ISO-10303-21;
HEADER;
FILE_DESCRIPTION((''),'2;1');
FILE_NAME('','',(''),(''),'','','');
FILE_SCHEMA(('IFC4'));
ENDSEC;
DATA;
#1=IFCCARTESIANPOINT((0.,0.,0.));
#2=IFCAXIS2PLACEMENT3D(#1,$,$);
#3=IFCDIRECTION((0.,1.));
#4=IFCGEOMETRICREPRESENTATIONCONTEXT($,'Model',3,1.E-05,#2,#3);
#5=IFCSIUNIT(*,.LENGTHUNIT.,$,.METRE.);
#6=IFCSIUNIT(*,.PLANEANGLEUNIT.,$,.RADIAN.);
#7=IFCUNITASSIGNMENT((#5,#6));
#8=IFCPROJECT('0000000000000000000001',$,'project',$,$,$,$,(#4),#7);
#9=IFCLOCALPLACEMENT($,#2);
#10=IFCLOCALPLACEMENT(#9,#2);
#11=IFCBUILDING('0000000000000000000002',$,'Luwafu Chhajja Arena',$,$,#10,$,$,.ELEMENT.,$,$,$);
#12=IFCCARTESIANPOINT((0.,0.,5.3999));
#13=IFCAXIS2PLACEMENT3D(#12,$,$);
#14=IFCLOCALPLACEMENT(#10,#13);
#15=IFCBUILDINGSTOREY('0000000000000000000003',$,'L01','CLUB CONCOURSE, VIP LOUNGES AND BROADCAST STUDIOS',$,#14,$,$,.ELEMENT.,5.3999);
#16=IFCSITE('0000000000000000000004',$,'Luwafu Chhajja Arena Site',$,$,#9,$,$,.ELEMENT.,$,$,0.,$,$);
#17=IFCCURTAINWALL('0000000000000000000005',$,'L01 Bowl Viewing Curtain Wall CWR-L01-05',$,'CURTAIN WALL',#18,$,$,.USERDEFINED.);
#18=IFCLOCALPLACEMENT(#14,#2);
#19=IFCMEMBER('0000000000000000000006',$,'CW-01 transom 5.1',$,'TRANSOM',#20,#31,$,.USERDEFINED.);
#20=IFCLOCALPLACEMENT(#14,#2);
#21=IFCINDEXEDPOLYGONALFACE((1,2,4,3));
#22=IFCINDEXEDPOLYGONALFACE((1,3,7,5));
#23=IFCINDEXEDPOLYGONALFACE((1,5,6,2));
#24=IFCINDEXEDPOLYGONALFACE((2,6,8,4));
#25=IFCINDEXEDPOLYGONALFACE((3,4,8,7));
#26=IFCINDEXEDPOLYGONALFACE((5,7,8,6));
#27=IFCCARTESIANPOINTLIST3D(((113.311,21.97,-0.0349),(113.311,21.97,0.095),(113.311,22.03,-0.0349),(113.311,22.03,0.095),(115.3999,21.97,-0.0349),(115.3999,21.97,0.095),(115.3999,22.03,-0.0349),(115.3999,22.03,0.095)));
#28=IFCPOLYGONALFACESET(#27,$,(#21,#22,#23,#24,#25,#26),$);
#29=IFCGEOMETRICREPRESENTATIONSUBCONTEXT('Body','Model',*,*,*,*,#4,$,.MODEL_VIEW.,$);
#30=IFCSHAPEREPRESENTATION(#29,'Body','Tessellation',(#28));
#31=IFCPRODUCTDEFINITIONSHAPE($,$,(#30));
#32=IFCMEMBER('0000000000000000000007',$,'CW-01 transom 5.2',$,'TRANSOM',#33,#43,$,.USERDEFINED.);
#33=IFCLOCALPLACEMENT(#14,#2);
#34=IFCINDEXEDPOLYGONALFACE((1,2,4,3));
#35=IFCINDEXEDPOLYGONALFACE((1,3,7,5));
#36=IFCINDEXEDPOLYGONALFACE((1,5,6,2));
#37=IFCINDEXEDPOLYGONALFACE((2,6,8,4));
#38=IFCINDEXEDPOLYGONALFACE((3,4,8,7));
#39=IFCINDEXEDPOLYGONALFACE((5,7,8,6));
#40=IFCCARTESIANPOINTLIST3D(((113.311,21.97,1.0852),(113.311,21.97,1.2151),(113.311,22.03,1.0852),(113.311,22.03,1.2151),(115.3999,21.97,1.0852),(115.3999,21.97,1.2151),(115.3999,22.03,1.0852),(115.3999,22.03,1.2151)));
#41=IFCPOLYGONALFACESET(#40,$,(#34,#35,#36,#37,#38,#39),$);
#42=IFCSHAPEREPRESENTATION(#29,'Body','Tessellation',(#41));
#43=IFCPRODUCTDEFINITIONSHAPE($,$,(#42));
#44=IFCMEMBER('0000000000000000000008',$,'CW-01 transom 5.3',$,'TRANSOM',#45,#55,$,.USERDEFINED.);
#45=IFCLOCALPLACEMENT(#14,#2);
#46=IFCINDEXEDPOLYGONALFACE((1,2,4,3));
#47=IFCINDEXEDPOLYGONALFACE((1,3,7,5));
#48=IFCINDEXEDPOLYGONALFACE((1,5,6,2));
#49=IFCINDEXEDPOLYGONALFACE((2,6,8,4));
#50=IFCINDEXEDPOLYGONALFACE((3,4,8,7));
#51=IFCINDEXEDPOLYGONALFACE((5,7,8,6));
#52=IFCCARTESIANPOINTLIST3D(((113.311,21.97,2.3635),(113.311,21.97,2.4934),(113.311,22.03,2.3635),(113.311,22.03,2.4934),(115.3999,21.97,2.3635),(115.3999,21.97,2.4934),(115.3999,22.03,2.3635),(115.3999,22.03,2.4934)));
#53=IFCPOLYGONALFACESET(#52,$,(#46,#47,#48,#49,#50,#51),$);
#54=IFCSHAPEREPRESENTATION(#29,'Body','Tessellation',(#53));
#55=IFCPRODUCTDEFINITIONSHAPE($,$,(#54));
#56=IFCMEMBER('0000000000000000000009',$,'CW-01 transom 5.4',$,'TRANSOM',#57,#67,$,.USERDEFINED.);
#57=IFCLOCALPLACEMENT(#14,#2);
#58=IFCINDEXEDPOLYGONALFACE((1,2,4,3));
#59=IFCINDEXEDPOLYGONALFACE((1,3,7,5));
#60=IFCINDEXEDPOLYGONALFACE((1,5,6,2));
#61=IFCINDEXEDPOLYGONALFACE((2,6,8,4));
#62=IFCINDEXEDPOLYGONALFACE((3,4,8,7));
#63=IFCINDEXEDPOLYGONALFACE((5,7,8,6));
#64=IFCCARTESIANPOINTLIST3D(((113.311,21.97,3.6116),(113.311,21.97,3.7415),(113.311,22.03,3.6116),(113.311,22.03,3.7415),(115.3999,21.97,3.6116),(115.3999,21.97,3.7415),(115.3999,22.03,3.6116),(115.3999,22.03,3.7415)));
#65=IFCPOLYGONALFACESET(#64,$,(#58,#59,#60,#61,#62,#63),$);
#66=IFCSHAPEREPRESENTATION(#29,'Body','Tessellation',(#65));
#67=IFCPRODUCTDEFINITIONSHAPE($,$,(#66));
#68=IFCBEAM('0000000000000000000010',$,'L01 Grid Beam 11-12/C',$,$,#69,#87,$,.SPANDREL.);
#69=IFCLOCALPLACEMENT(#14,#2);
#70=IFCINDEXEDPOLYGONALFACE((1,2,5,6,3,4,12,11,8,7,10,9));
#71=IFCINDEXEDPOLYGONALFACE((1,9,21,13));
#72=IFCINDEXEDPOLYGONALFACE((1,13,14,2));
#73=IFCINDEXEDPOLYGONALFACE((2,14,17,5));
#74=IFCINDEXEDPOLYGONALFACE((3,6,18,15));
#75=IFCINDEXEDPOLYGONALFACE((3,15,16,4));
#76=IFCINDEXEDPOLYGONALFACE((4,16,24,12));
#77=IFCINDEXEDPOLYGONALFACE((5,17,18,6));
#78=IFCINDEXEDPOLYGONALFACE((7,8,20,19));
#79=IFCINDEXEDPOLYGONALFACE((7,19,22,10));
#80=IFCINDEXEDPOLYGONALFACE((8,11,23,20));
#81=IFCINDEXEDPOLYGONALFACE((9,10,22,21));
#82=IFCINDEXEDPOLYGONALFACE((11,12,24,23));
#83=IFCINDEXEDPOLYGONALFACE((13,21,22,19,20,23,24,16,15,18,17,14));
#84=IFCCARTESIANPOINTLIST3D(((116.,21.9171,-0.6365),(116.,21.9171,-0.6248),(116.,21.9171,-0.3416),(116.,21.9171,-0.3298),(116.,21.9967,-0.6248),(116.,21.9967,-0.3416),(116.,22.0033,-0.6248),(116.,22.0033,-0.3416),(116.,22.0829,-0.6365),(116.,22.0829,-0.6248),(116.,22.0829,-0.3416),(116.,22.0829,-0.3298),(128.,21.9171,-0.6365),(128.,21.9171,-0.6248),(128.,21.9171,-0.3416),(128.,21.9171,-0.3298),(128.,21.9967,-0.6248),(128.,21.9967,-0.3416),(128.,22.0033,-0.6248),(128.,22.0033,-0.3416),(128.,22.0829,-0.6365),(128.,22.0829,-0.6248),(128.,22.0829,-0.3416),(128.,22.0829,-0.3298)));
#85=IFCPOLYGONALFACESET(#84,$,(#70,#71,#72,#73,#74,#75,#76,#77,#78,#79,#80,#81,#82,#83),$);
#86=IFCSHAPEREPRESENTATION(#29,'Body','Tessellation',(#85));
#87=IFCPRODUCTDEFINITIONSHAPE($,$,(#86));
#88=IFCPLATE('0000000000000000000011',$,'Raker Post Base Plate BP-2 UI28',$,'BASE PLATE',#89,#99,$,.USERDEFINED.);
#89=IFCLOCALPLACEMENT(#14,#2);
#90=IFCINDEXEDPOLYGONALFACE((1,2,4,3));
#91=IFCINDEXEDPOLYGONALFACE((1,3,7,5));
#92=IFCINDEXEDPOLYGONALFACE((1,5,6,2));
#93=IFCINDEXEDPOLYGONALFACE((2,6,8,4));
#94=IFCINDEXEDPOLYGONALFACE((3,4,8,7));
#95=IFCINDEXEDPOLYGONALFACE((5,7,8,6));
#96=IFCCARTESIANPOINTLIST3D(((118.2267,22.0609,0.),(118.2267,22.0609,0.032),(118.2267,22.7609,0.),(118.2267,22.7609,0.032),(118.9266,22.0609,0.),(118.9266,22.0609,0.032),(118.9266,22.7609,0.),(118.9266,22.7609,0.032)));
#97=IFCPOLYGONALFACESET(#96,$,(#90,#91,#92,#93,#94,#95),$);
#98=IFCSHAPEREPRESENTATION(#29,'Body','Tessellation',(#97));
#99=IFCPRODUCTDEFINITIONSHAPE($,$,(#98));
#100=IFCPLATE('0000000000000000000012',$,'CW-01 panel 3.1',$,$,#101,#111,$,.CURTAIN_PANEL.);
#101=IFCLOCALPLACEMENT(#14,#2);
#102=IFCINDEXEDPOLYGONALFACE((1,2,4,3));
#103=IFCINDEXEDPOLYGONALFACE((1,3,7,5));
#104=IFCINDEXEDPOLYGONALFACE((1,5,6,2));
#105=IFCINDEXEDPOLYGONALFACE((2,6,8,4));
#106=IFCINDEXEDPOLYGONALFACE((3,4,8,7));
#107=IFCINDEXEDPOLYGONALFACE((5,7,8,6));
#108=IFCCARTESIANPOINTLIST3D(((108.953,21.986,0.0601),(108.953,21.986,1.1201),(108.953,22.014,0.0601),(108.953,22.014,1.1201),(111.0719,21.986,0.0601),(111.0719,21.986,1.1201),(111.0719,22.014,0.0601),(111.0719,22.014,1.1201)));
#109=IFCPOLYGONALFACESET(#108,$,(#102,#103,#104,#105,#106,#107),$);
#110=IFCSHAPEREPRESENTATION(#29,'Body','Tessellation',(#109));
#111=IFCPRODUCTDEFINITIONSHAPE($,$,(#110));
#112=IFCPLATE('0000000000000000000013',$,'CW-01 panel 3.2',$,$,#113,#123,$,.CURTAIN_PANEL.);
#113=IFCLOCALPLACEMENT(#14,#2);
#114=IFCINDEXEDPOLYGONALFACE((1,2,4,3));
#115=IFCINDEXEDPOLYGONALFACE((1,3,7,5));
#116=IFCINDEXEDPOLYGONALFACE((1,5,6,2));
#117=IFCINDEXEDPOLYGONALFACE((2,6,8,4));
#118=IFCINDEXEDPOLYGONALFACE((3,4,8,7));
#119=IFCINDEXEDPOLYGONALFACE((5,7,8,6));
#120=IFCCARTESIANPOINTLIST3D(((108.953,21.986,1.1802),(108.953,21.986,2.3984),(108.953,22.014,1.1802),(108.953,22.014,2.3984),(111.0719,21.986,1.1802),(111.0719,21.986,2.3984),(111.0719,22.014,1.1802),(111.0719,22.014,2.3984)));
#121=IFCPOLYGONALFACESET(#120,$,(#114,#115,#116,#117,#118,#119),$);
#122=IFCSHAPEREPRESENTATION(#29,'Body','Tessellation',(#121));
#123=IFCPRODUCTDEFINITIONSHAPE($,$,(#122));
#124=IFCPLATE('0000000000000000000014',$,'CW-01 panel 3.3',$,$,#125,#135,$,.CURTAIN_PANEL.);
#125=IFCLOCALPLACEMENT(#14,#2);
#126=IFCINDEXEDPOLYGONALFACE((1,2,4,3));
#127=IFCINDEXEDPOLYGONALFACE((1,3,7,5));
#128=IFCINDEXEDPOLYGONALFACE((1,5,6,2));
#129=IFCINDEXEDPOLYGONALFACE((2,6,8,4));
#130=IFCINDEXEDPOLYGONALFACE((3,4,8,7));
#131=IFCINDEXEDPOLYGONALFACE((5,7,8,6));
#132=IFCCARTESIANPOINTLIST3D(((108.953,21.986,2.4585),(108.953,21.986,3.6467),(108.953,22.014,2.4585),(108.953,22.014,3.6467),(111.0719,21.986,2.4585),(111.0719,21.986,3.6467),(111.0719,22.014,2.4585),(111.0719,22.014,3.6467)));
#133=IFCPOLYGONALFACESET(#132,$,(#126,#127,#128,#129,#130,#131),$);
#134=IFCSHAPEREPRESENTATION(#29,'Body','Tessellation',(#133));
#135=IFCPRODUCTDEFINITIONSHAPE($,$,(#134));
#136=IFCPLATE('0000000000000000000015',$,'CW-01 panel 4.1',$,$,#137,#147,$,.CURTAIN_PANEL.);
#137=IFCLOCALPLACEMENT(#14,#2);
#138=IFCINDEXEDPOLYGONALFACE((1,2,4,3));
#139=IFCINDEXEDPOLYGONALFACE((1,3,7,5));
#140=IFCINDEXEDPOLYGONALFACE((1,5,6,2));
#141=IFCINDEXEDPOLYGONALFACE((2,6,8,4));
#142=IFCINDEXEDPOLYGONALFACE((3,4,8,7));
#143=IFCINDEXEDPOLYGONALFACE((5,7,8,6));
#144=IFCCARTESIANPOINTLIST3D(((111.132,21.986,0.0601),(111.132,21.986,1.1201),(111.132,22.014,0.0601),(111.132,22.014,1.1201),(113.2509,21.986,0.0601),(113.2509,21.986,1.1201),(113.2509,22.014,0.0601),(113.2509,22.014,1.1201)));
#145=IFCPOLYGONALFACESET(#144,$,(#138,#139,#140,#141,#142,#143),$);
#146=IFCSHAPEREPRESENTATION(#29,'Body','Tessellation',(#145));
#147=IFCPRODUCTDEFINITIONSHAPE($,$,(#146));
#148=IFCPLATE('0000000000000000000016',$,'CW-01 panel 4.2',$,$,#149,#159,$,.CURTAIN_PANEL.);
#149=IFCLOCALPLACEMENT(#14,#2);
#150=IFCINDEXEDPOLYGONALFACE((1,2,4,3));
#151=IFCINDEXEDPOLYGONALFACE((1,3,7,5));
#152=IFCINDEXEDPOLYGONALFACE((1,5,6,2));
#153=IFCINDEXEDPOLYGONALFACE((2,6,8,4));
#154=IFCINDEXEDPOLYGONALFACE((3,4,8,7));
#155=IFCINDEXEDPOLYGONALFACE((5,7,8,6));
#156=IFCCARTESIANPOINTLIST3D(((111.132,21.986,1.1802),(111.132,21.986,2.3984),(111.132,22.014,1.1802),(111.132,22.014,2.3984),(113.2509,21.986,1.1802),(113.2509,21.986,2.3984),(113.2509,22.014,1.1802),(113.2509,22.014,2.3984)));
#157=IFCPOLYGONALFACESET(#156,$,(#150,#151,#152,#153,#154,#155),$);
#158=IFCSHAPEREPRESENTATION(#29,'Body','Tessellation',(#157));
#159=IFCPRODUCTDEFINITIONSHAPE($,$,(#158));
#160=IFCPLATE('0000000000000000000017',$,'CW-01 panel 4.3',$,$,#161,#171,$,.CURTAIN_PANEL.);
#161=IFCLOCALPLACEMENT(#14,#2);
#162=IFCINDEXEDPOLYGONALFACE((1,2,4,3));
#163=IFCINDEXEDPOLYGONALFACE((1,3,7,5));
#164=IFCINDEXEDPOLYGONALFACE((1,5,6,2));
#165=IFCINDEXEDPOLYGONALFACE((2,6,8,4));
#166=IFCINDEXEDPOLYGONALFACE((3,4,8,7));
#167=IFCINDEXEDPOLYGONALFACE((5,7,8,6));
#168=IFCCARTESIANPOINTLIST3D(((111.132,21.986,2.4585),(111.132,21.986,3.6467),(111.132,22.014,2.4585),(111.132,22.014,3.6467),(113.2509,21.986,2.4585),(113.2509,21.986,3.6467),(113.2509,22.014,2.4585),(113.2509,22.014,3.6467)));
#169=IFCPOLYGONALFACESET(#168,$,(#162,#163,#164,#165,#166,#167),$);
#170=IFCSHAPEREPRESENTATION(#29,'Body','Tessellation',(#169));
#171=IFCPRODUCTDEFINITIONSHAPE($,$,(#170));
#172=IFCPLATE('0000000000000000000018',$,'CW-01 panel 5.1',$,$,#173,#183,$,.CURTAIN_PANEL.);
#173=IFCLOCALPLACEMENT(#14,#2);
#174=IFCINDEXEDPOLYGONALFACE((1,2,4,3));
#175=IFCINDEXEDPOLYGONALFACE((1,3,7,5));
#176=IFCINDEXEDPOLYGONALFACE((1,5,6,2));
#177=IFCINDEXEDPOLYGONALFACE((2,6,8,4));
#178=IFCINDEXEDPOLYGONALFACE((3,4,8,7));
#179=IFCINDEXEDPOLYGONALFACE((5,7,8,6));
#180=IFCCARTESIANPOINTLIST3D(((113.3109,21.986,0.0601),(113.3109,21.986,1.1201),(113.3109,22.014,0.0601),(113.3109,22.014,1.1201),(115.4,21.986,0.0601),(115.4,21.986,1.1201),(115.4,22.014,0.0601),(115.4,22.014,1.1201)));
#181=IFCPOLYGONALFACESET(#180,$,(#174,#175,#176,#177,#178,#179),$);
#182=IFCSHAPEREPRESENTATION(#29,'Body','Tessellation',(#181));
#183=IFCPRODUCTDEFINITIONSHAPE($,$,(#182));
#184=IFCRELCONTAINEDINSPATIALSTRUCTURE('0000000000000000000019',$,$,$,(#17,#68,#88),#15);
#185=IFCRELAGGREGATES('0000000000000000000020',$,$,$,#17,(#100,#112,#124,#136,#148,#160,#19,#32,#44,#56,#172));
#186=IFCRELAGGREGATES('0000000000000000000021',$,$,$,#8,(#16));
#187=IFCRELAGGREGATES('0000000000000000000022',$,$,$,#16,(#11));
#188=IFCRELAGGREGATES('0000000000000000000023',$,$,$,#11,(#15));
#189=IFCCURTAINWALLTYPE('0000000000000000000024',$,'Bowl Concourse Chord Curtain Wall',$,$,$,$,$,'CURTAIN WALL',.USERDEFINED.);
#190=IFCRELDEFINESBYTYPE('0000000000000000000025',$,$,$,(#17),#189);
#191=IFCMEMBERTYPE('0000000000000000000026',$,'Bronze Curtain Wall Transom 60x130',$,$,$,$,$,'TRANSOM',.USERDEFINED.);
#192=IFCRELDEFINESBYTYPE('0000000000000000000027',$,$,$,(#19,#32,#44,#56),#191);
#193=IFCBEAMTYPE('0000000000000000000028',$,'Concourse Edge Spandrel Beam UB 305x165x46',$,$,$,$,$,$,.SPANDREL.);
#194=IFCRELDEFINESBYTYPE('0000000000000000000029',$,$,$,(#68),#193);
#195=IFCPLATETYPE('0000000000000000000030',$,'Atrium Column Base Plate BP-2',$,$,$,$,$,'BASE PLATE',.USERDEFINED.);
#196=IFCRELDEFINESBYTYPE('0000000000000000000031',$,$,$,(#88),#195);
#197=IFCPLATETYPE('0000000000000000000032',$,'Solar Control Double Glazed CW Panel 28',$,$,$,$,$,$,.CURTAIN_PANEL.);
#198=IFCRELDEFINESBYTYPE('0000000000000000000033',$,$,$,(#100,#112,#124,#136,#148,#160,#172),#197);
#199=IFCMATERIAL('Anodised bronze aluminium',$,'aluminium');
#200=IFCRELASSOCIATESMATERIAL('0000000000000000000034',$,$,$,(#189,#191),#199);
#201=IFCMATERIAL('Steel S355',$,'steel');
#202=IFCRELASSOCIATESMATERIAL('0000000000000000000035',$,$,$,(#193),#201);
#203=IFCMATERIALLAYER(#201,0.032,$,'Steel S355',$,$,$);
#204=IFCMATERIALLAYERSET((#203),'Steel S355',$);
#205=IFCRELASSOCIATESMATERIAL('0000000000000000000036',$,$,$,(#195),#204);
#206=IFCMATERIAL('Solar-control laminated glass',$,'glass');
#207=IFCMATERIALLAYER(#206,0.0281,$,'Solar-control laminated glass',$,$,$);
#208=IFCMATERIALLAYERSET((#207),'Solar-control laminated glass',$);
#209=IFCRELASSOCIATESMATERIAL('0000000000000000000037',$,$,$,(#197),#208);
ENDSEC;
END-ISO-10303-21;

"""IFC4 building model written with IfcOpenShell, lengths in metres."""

from ifc_helpers import new_model, si_unit, direction, frame, origin, origin_2d, place, context, subcontext, project, spatial, rectangle, i_section, extrude, material, layer, layer_set, material_profile, profile_set, type_object, element, aggregate, save


model = new_model("IFC4")

# Units and contexts
model_context = context("Model", 3, precision=1e-05, world=origin(), true_north=direction((0.0, 1.0)))
body_context = subcontext(model_context, "Body", "Model", "MODEL_VIEW")
ifc_project = project(units=[si_unit("LENGTHUNIT", "METRE"), si_unit("PLANEANGLEUNIT", "RADIAN")], contexts=[model_context])

# Site, building, storey
site_placement = place(None, origin())
site = spatial("IfcSite", under=ifc_project, at=site_placement, Name="Luwafu Chhajja Arena Site", CompositionType="ELEMENT", RefElevation=0.0)
building_placement = place(site_placement, origin())
building = spatial("IfcBuilding", under=site, at=building_placement, Name="Luwafu Chhajja Arena", CompositionType="ELEMENT")
storey_placement = place(building_placement, frame((0.0, 0.0, 5.3999)))
storey = spatial("IfcBuildingStorey", under=building, at=storey_placement, Name="L01", Description="CLUB CONCOURSE, VIP LOUNGES AND BROADCAST STUDIOS", CompositionType="ELEMENT", Elevation=5.3999)

# Shared definitions
ifc_material_1 = material(Name="Steel S355", Category="steel")

# Curtain wall
ifc_material_2 = material(Name="Anodised bronze aluminium", Category="aluminium")
curtain_wall_type = type_object("IfcCurtainWallType", Name="Bowl Concourse Chord Curtain Wall", ElementType="CURTAIN WALL", PredefinedType="USERDEFINED", material=ifc_material_2)
curtain_wall_1_placement = place(storey_placement, origin())
curtain_wall_1 = element("IfcCurtainWall", 1, at=curtain_wall_1_placement, inside=storey, type_object=curtain_wall_type, Name="L01 Bowl Viewing Curtain Wall CWR-L01-05", ObjectType="CURTAIN WALL", PredefinedType="USERDEFINED")

# Members
ifc_material_profile_1 = material_profile(ifc_material_2, rectangle(XDim=0.0601, YDim=0.1299, at=origin_2d()), Name="CWT 60x130")
ifc_profile_set_1 = profile_set([ifc_material_profile_1], Name="Anodised bronze aluminium")
member_type_1 = type_object("IfcMemberType", Name="Bronze Curtain Wall Transom 60x130", ElementType="TRANSOM", PredefinedType="USERDEFINED", material=ifc_profile_set_1)
member_1_placement = place(storey_placement, frame((113.311, 22.0, 0.03), z_axis=(1.0, 0.0, 0.0), x_axis=(0.0, 1.0, 0.0)))
member_1 = element("IfcMember", 2, at=member_1_placement, type_object=member_type_1, Name="CW-01 transom 5.1", ObjectType="TRANSOM", PredefinedType="USERDEFINED", context=body_context, shape_type="SweptSolid", body=[
    extrude(rectangle(XDim=0.0601, YDim=0.1299, at=origin_2d()), origin(), (0.0, 0.0, 1.0), 2.0889),
])
member_2_placement = place(storey_placement, frame((113.311, 22.0, 1.1501), z_axis=(1.0, 0.0, 0.0), x_axis=(0.0, 1.0, 0.0)))
member_2 = element("IfcMember", 3, at=member_2_placement, type_object=member_type_1, Name="CW-01 transom 5.2", ObjectType="TRANSOM", PredefinedType="USERDEFINED", context=body_context, shape_type="SweptSolid", body=[
    extrude(rectangle(XDim=0.0601, YDim=0.1299, at=origin_2d()), origin(), (0.0, 0.0, 1.0), 2.0889),
])
member_3_placement = place(storey_placement, frame((113.311, 22.0, 2.4285), z_axis=(1.0, 0.0, 0.0), x_axis=(0.0, 1.0, 0.0)))
member_3 = element("IfcMember", 4, at=member_3_placement, type_object=member_type_1, Name="CW-01 transom 5.3", ObjectType="TRANSOM", PredefinedType="USERDEFINED", context=body_context, shape_type="SweptSolid", body=[
    extrude(rectangle(XDim=0.0601, YDim=0.1299, at=origin_2d()), origin(), (0.0, 0.0, 1.0), 2.0889),
])
member_4_placement = place(storey_placement, frame((113.311, 22.0, 3.6765), z_axis=(1.0, 0.0, 0.0), x_axis=(0.0, 1.0, 0.0)))
member_4 = element("IfcMember", 5, at=member_4_placement, type_object=member_type_1, Name="CW-01 transom 5.4", ObjectType="TRANSOM", PredefinedType="USERDEFINED", context=body_context, shape_type="SweptSolid", body=[
    extrude(rectangle(XDim=0.0601, YDim=0.1299, at=origin_2d()), origin(), (0.0, 0.0, 1.0), 2.0889),
])

# Beam
ifc_material_profile_2 = material_profile(ifc_material_1, i_section(OverallWidth=0.1658, OverallDepth=0.3066, WebThickness=0.0066, FlangeThickness=0.0117, at=origin_2d()), Name="UB 305x165x46")
ifc_profile_set_2 = profile_set([ifc_material_profile_2], Name="Steel S355")
beam_type = type_object("IfcBeamType", Name="Concourse Edge Spandrel Beam UB 305x165x46", PredefinedType="SPANDREL", material=ifc_profile_set_2)
beam_placement = place(storey_placement, frame((116.0, 22.0, -0.4832), z_axis=(1.0, 0.0, 0.0), x_axis=(0.0, 1.0, 0.0)))
element("IfcBeam", 6, at=beam_placement, inside=storey, type_object=beam_type, Name="L01 Grid Beam 11-12/C", PredefinedType="SPANDREL", context=body_context, shape_type="SweptSolid", body=[
    extrude(i_section(OverallWidth=0.1658, OverallDepth=0.3066, WebThickness=0.0066, FlangeThickness=0.0117, at=origin_2d()), origin(), (0.0, 0.0, 1.0), 12.0),
])

# Plates
ifc_layer_1 = layer(ifc_material_1, 0.032, Name="Steel S355")
ifc_layer_set_1 = layer_set([ifc_layer_1], Name="Steel S355")
plate_type_1 = type_object("IfcPlateType", Name="Atrium Column Base Plate BP-2", ElementType="BASE PLATE", PredefinedType="USERDEFINED", material=ifc_layer_set_1)
plate_1_placement = place(storey_placement, frame((118.5767, 22.4109, 0.0), z_axis=(0.0, 0.0, 1.0), x_axis=(1.0, 0.0, 0.0)))
element("IfcPlate", 7, at=plate_1_placement, inside=storey, type_object=plate_type_1, Name="Raker Post Base Plate BP-2 UI28", ObjectType="BASE PLATE", PredefinedType="USERDEFINED", context=body_context, shape_type="SweptSolid", body=[
    extrude(rectangle(XDim=0.7, YDim=0.7, at=origin_2d()), origin(), (0.0, 0.0, 1.0), 0.032),
])
ifc_material_3 = material(Name="Solar-control laminated glass", Category="glass")
ifc_layer_2 = layer(ifc_material_3, 0.0281, Name="Solar-control laminated glass")
ifc_layer_set_2 = layer_set([ifc_layer_2], Name="Solar-control laminated glass")
plate_type_2 = type_object("IfcPlateType", Name="Solar Control Double Glazed CW Panel 28", PredefinedType="CURTAIN_PANEL", material=ifc_layer_set_2)
plate_2_placement = place(storey_placement, frame((110.0125, 22.0, 0.0601), z_axis=(0.0, 0.0, 1.0), x_axis=(1.0, 0.0, 0.0)))
plate_2 = element("IfcPlate", 8, at=plate_2_placement, type_object=plate_type_2, Name="CW-01 panel 3.1", PredefinedType="CURTAIN_PANEL", context=body_context, shape_type="SweptSolid", body=[
    extrude(rectangle(XDim=2.1189, YDim=0.0281, at=origin_2d()), origin(), (0.0, 0.0, 1.0), 1.0601),
])
plate_3_placement = place(storey_placement, frame((110.0125, 22.0, 1.1802), z_axis=(0.0, 0.0, 1.0), x_axis=(1.0, 0.0, 0.0)))
plate_3 = element("IfcPlate", 9, at=plate_3_placement, type_object=plate_type_2, Name="CW-01 panel 3.2", PredefinedType="CURTAIN_PANEL", context=body_context, shape_type="SweptSolid", body=[
    extrude(rectangle(XDim=2.1189, YDim=0.0281, at=origin_2d()), origin(), (0.0, 0.0, 1.0), 1.2183),
])
plate_4_placement = place(storey_placement, frame((110.0125, 22.0, 2.4585), z_axis=(0.0, 0.0, 1.0), x_axis=(1.0, 0.0, 0.0)))
plate_4 = element("IfcPlate", 10, at=plate_4_placement, type_object=plate_type_2, Name="CW-01 panel 3.3", PredefinedType="CURTAIN_PANEL", context=body_context, shape_type="SweptSolid", body=[
    extrude(rectangle(XDim=2.1189, YDim=0.0281, at=origin_2d()), origin(), (0.0, 0.0, 1.0), 1.1882),
])
plate_5_placement = place(storey_placement, frame((112.1914, 22.0, 0.0601), z_axis=(0.0, 0.0, 1.0), x_axis=(1.0, 0.0, 0.0)))
plate_5 = element("IfcPlate", 11, at=plate_5_placement, type_object=plate_type_2, Name="CW-01 panel 4.1", PredefinedType="CURTAIN_PANEL", context=body_context, shape_type="SweptSolid", body=[
    extrude(rectangle(XDim=2.1189, YDim=0.0281, at=origin_2d()), origin(), (0.0, 0.0, 1.0), 1.0601),
])
plate_6_placement = place(storey_placement, frame((112.1914, 22.0, 1.1802), z_axis=(0.0, 0.0, 1.0), x_axis=(1.0, 0.0, 0.0)))
plate_6 = element("IfcPlate", 12, at=plate_6_placement, type_object=plate_type_2, Name="CW-01 panel 4.2", PredefinedType="CURTAIN_PANEL", context=body_context, shape_type="SweptSolid", body=[
    extrude(rectangle(XDim=2.1189, YDim=0.0281, at=origin_2d()), origin(), (0.0, 0.0, 1.0), 1.2183),
])
plate_7_placement = place(storey_placement, frame((112.1914, 22.0, 2.4585), z_axis=(0.0, 0.0, 1.0), x_axis=(1.0, 0.0, 0.0)))
plate_7 = element("IfcPlate", 13, at=plate_7_placement, type_object=plate_type_2, Name="CW-01 panel 4.3", PredefinedType="CURTAIN_PANEL", context=body_context, shape_type="SweptSolid", body=[
    extrude(rectangle(XDim=2.1189, YDim=0.0281, at=origin_2d()), origin(), (0.0, 0.0, 1.0), 1.1882),
])
plate_8_placement = place(storey_placement, frame((114.3555, 22.0, 0.0601), z_axis=(0.0, 0.0, 1.0), x_axis=(1.0, 0.0, 0.0)))
plate_8 = element("IfcPlate", 14, at=plate_8_placement, type_object=plate_type_2, Name="CW-01 panel 5.1", PredefinedType="CURTAIN_PANEL", context=body_context, shape_type="SweptSolid", body=[
    extrude(rectangle(XDim=2.0891, YDim=0.0281, at=origin_2d()), origin(), (0.0, 0.0, 1.0), 1.0601),
])
aggregate(curtain_wall_1, [plate_2, plate_3, plate_4, plate_5, plate_6, plate_7, member_1, member_2, member_3, member_4, plate_8])

save(model, "model.ifc")
